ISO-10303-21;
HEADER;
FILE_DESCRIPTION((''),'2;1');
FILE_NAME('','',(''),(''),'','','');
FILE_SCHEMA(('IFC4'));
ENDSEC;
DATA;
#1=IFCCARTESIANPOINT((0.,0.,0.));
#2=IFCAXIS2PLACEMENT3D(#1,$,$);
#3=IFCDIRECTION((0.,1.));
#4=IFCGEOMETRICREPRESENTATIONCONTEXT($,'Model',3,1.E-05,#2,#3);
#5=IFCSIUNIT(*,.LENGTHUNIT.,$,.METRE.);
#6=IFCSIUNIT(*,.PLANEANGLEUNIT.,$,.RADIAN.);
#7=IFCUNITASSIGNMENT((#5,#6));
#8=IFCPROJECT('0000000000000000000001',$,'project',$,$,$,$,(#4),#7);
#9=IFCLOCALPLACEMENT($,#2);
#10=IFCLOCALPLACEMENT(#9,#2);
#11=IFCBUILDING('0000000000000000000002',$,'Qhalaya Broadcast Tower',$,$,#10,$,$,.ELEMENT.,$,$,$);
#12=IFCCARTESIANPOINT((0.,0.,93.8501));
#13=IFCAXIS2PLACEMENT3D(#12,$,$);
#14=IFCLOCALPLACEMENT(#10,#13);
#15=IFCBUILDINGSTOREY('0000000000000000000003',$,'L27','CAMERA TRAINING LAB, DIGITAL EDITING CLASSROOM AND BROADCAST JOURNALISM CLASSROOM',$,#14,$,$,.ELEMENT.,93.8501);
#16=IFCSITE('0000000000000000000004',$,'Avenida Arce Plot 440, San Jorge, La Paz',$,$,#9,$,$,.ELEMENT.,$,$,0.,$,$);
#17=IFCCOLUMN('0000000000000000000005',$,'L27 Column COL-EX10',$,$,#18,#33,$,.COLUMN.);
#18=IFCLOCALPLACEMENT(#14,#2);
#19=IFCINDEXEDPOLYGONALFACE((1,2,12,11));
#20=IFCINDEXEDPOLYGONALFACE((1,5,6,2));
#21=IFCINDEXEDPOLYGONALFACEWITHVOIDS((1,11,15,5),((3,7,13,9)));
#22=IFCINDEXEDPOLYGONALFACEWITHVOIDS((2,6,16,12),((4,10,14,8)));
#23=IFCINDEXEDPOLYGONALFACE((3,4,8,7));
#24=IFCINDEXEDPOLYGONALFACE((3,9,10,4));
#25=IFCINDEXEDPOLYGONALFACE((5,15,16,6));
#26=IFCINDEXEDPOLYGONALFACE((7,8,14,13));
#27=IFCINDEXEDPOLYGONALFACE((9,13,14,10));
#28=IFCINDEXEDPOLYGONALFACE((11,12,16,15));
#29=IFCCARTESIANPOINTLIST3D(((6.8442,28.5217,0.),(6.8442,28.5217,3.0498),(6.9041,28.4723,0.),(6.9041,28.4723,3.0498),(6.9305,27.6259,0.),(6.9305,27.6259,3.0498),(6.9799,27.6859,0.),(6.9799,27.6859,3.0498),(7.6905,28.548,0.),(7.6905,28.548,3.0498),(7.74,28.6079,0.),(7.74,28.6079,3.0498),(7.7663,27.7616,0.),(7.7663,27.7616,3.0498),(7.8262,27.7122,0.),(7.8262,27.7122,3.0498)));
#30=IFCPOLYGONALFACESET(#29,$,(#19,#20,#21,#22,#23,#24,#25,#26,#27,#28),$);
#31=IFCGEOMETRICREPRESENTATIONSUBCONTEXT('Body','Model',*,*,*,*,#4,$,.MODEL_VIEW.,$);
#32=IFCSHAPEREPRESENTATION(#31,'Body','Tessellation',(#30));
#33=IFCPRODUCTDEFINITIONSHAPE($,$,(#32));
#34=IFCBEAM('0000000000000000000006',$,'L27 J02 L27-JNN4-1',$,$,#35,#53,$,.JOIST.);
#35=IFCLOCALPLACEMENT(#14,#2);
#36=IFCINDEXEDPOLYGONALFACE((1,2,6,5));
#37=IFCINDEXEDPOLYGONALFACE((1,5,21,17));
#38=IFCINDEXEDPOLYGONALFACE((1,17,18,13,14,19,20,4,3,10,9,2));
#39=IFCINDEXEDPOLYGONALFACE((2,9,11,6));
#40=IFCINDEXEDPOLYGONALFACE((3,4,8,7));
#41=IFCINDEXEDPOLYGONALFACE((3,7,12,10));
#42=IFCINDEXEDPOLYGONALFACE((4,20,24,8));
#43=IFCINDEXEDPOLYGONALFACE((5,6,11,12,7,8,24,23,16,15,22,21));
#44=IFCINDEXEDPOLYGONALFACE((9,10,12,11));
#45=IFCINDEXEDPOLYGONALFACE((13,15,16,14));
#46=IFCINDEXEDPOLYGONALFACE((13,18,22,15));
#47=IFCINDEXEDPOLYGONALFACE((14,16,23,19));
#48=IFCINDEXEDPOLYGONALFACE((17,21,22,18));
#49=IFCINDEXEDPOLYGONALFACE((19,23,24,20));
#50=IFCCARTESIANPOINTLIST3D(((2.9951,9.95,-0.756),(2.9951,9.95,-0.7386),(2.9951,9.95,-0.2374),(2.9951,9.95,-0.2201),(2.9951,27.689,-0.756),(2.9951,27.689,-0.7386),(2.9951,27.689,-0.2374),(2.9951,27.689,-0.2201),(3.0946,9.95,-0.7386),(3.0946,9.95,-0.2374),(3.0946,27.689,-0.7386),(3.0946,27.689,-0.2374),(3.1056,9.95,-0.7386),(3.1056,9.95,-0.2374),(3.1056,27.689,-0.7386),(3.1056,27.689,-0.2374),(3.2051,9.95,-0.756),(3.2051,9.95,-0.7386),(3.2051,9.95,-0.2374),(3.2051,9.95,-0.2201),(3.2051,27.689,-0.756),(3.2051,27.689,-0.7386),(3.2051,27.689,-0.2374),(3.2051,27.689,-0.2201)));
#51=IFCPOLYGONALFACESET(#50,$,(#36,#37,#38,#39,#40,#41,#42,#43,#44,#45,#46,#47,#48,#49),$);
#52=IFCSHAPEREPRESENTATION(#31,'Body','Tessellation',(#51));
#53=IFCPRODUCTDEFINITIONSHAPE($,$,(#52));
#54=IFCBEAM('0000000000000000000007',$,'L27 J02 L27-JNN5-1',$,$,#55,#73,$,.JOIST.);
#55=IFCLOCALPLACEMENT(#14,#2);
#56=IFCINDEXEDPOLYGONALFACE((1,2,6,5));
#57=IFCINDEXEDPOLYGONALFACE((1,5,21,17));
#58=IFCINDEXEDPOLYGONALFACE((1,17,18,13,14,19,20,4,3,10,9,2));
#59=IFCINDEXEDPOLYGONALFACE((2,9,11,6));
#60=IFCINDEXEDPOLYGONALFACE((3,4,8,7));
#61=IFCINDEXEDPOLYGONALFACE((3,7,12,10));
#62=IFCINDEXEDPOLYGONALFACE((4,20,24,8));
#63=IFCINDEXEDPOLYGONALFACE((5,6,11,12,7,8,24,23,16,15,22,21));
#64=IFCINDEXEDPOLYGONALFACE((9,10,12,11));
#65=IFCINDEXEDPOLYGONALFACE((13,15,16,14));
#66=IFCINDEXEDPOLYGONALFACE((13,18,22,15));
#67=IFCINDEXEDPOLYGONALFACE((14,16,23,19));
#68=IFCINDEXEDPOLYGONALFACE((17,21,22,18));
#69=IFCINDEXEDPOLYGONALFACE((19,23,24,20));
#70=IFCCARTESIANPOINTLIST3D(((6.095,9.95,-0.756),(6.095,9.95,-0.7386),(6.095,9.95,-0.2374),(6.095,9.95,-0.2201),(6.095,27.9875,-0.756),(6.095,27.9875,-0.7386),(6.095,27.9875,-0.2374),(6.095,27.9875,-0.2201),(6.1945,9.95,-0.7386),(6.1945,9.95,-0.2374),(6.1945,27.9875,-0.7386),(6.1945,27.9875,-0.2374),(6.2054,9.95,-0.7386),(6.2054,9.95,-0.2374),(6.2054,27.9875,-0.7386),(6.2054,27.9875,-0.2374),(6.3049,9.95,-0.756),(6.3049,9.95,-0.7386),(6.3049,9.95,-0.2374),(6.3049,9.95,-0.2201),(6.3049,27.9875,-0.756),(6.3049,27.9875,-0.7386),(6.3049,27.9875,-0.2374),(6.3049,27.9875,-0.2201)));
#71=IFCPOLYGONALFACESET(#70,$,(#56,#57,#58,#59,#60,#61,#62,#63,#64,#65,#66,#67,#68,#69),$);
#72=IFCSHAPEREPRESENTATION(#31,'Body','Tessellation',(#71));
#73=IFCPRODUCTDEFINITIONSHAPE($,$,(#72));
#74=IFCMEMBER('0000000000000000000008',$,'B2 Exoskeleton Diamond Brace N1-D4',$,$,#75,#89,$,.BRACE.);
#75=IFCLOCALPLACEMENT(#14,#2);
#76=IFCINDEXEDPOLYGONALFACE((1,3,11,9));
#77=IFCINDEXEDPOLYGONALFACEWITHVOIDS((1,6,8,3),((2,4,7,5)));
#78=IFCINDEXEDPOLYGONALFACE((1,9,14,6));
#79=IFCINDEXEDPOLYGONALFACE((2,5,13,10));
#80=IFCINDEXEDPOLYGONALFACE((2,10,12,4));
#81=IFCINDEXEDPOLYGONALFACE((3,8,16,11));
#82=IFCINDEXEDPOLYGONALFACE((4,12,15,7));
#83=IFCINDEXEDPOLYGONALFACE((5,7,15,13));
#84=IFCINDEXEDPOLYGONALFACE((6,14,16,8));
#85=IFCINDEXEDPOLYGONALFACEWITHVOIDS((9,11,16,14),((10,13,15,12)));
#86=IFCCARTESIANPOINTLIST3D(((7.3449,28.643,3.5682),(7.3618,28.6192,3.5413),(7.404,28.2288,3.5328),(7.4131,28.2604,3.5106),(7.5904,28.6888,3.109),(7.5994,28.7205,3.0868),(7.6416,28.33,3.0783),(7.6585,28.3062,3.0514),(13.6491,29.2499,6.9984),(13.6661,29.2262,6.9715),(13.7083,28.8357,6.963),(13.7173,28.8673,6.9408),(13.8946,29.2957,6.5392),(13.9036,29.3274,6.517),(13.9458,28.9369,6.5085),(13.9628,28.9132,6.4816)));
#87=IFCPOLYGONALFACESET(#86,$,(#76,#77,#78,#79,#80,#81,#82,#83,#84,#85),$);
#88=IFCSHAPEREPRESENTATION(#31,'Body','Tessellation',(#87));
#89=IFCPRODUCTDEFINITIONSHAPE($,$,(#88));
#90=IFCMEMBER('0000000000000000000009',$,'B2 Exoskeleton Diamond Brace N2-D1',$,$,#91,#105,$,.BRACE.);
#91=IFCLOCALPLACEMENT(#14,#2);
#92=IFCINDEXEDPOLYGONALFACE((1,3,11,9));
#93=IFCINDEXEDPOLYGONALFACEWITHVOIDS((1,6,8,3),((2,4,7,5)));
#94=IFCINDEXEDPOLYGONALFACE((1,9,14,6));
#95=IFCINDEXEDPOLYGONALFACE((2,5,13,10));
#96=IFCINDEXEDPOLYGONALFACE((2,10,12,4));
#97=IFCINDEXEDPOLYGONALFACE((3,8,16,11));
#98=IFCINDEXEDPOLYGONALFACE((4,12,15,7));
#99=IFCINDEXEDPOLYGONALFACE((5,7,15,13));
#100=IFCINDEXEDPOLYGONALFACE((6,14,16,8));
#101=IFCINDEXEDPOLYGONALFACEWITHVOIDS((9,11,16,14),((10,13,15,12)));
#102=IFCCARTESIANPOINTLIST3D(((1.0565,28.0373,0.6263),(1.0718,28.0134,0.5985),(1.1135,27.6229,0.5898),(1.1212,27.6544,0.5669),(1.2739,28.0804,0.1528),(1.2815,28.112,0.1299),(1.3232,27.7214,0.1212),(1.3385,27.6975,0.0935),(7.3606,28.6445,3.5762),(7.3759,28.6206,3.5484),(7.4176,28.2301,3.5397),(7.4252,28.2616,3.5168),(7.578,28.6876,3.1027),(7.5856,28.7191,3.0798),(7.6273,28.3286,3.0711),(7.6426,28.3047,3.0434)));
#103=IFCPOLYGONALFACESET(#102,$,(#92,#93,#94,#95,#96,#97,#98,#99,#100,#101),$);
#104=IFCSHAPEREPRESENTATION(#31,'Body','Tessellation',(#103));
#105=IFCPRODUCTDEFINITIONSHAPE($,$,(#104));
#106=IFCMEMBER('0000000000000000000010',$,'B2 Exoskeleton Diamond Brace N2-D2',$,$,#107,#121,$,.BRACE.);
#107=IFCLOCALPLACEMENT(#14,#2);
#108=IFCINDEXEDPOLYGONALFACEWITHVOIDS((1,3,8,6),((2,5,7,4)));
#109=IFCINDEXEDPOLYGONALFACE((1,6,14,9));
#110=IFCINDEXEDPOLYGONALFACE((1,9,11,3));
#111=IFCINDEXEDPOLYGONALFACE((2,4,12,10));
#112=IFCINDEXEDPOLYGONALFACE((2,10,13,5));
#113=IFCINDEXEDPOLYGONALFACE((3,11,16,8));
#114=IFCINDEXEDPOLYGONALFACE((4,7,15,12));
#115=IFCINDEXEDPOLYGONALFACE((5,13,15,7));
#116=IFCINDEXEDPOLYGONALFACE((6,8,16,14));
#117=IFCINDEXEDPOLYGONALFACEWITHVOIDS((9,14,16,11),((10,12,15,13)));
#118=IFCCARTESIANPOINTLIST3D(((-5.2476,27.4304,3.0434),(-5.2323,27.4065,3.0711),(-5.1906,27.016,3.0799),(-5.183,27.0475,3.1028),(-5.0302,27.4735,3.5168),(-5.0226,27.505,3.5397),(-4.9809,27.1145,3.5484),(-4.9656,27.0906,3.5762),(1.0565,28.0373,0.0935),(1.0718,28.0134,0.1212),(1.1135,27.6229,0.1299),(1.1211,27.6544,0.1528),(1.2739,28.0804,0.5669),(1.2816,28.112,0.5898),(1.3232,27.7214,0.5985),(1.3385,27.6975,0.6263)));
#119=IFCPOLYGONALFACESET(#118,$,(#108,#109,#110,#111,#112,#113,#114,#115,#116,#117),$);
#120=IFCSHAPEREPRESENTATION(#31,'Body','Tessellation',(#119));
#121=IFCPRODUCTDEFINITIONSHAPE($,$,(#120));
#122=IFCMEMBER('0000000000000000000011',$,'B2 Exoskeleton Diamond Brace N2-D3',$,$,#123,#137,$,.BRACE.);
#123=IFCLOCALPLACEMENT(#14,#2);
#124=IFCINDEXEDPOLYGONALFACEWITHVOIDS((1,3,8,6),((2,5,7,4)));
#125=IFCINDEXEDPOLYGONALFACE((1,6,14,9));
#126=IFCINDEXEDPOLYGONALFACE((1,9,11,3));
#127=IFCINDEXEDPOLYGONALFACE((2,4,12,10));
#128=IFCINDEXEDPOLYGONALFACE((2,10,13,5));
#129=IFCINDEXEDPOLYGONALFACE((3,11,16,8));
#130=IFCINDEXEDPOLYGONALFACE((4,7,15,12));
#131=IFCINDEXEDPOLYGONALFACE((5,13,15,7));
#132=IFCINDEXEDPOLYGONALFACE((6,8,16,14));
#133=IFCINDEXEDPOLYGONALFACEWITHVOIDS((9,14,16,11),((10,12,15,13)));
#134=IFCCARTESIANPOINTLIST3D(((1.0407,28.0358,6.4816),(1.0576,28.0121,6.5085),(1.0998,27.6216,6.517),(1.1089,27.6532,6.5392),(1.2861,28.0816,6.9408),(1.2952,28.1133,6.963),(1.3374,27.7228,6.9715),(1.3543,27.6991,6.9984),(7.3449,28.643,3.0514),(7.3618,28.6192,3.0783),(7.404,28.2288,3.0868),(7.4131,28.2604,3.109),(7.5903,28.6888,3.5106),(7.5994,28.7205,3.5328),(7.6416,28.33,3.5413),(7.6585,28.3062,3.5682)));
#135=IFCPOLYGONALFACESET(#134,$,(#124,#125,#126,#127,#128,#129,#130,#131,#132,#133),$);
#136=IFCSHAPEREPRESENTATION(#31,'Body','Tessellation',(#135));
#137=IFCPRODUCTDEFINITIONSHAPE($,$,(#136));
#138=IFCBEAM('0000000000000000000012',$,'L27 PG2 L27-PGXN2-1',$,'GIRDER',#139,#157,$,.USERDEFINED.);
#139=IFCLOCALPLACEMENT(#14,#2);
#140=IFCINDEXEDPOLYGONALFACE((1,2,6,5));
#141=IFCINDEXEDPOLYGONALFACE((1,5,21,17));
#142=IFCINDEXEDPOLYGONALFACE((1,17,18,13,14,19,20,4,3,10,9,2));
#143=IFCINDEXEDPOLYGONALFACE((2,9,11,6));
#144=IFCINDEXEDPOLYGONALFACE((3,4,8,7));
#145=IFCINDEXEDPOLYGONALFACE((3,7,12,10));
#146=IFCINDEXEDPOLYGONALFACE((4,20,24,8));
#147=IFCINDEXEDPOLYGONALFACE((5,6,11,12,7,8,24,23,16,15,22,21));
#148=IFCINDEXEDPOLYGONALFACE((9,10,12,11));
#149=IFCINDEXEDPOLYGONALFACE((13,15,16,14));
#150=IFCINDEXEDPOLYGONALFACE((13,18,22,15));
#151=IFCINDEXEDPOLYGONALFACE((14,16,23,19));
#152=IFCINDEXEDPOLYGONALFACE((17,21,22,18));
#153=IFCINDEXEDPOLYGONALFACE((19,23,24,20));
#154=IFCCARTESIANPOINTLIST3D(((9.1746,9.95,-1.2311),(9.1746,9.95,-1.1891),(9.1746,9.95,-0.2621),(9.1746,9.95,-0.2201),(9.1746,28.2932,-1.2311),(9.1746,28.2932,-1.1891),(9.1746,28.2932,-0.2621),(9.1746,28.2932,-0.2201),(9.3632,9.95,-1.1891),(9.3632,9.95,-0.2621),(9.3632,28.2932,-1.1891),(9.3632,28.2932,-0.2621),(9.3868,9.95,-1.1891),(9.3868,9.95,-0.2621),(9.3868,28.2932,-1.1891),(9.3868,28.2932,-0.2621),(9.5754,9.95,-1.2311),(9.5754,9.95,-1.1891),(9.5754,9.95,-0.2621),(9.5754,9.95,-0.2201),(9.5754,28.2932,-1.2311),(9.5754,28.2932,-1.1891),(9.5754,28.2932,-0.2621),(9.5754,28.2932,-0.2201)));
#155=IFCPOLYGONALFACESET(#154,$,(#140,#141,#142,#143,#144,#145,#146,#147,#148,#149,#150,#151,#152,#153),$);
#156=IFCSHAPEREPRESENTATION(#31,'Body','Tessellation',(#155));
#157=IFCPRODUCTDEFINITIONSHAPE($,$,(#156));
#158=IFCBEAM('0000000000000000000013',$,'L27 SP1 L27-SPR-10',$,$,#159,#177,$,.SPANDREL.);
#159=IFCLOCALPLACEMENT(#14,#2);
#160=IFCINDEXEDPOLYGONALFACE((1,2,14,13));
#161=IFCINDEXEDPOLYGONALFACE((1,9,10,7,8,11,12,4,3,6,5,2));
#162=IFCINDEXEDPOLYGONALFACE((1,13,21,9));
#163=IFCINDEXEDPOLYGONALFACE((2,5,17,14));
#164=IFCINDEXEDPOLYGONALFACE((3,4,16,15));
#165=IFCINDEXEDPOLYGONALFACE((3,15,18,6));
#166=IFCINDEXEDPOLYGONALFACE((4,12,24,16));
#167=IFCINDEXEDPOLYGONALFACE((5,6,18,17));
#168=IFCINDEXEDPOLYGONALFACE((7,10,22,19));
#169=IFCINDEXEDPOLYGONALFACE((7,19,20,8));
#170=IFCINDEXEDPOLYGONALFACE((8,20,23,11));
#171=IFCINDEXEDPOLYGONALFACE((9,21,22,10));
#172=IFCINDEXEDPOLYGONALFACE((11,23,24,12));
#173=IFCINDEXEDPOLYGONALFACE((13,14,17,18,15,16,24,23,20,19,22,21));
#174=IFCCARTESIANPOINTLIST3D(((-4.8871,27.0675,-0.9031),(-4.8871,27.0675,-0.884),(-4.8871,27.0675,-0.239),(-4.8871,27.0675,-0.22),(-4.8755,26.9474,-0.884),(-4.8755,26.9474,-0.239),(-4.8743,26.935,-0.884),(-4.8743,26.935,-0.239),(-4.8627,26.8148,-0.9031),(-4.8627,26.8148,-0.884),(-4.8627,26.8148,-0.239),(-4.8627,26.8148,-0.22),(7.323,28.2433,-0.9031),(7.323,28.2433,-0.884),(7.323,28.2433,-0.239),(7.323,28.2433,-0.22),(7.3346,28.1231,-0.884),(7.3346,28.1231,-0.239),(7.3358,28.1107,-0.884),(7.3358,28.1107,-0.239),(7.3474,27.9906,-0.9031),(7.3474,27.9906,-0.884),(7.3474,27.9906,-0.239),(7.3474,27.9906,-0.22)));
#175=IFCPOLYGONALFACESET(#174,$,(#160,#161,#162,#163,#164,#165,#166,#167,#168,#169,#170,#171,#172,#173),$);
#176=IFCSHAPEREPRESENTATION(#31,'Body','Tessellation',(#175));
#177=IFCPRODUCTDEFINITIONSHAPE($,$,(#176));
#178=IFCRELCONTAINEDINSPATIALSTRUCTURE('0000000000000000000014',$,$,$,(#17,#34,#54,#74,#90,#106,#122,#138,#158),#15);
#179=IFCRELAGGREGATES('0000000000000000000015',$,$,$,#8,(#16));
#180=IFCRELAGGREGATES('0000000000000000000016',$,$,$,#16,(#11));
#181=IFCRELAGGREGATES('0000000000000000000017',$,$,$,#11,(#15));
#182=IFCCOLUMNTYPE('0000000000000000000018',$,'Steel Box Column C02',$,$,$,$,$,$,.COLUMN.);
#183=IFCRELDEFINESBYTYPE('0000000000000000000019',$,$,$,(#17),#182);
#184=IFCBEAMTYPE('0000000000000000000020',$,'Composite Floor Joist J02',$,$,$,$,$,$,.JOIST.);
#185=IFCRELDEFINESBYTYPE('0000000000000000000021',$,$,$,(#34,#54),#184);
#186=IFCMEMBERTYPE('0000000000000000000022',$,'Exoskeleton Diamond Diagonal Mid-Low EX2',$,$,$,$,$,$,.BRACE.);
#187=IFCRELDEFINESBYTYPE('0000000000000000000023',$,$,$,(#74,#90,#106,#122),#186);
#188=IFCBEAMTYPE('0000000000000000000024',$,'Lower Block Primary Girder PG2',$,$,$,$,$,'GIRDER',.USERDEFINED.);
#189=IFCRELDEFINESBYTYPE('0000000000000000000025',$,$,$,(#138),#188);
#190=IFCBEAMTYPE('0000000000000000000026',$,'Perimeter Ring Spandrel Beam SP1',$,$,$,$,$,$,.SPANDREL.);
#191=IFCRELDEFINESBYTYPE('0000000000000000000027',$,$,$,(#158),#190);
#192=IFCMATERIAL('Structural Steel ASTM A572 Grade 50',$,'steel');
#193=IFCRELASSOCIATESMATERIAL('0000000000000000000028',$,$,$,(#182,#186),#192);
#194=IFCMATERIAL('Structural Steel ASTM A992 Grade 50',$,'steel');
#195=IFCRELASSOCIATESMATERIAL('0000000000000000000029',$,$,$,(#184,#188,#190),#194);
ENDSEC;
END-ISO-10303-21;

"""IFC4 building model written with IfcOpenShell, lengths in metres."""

from ifc_helpers import new_model, si_unit, direction, frame, origin, origin_2d, place, context, subcontext, project, spatial, hollow_rectangle, i_section, extrude, material, material_profile, profile_set, type_object, element, save


model = new_model("IFC4")

# Units and contexts
model_context = context("Model", 3, precision=1e-05, world=origin(), true_north=direction((0.0, 1.0)))
body_context = subcontext(model_context, "Body", "Model", "MODEL_VIEW")
ifc_project = project(units=[si_unit("LENGTHUNIT", "METRE"), si_unit("PLANEANGLEUNIT", "RADIAN")], contexts=[model_context])

# Site, building, storey
site_placement = place(None, origin())
site = spatial("IfcSite", under=ifc_project, at=site_placement, Name="Avenida Arce Plot 440, San Jorge, La Paz", CompositionType="ELEMENT", RefElevation=0.0)
building_placement = place(site_placement, origin())
building = spatial("IfcBuilding", under=site, at=building_placement, Name="Qhalaya Broadcast Tower", CompositionType="ELEMENT")
storey_placement = place(building_placement, frame((0.0, 0.0, 93.8501)))
storey = spatial("IfcBuildingStorey", under=building, at=storey_placement, Name="L27", Description="CAMERA TRAINING LAB, DIGITAL EDITING CLASSROOM AND BROADCAST JOURNALISM CLASSROOM", CompositionType="ELEMENT", Elevation=93.8501)

# Column
ifc_material_1 = material(Name="Structural Steel ASTM A572 Grade 50", Category="steel")
ifc_material_profile_1 = material_profile(ifc_material_1, hollow_rectangle(XDim=0.8999, YDim=0.8999, WallThickness=0.0549, at=origin_2d()), Name="BOX 900x900x55")
ifc_profile_set_1 = profile_set([ifc_material_profile_1], Name="Structural Steel ASTM A572 Grade 50")
column_type = type_object("IfcColumnType", Name="Steel Box Column C02", PredefinedType="COLUMN", material=ifc_profile_set_1)
column_placement = place(storey_placement, frame((7.3352, 28.1169, 0.0), z_axis=(0.0, 0.0, 1.0), x_axis=(0.995396, 0.095846, 0.0)))
element("IfcColumn", 1, at=column_placement, inside=storey, type_object=column_type, Name="L27 Column COL-EX10", PredefinedType="COLUMN", context=body_context, shape_type="SweptSolid", body=[
    extrude(hollow_rectangle(XDim=0.8999, YDim=0.8999, WallThickness=0.0549, at=origin_2d()), origin(), (0.0, 0.0, 1.0), 3.0498),
])

# Beams
ifc_material_2 = material(Name="Structural Steel ASTM A992 Grade 50", Category="steel")
ifc_material_profile_2 = material_profile(ifc_material_2, i_section(OverallWidth=0.21, OverallDepth=0.5359, WebThickness=0.011, FlangeThickness=0.0173, at=origin_2d()), Name="W21X68")
ifc_profile_set_2 = profile_set([ifc_material_profile_2], Name="Structural Steel ASTM A992 Grade 50")
beam_type_1 = type_object("IfcBeamType", Name="Composite Floor Joist J02", PredefinedType="JOIST", material=ifc_profile_set_2)
beam_1_placement = place(storey_placement, frame((3.1001, 9.95, -0.488), z_axis=(0.0, 1.0, 0.0), x_axis=(-1.0, 0.0, 0.0)))
element("IfcBeam", 2, at=beam_1_placement, inside=storey, type_object=beam_type_1, Name="L27 J02 L27-JNN4-1", PredefinedType="JOIST", context=body_context, shape_type="SweptSolid", body=[
    extrude(i_section(OverallWidth=0.21, OverallDepth=0.5359, WebThickness=0.011, FlangeThickness=0.0173, at=origin_2d()), origin(), (0.0, 0.0, 1.0), 17.739),
])
beam_2_placement = place(storey_placement, frame((6.2, 9.95, -0.488), z_axis=(0.0, 1.0, 0.0), x_axis=(-1.0, 0.0, 0.0)))
element("IfcBeam", 3, at=beam_2_placement, inside=storey, type_object=beam_type_1, Name="L27 J02 L27-JNN5-1", PredefinedType="JOIST", context=body_context, shape_type="SweptSolid", body=[
    extrude(i_section(OverallWidth=0.21, OverallDepth=0.5359, WebThickness=0.011, FlangeThickness=0.0173, at=origin_2d()), origin(), (0.0, 0.0, 1.0), 18.0376),
])

# Members
ifc_material_profile_3 = material_profile(ifc_material_1, hollow_rectangle(XDim=0.4199, YDim=0.55, WallThickness=0.0281, at=origin_2d()), Name="BOX 420x550x28")
ifc_profile_set_3 = profile_set([ifc_material_profile_3], Name="Structural Steel ASTM A572 Grade 50")
member_type = type_object("IfcMemberType", Name="Exoskeleton Diamond Diagonal Mid-Low EX2", PredefinedType="BRACE", material=ifc_profile_set_3)
member_1_placement = place(storey_placement, frame((7.5017, 28.4746, 3.3098), z_axis=(0.875268, 0.084266, 0.476242), x_axis=(-0.140826, 0.986441, 0.084279)))
element("IfcMember", 4, at=member_1_placement, inside=storey, type_object=member_type, Name="B2 Exoskeleton Diamond Brace N1-D4", PredefinedType="BRACE", context=body_context, shape_type="SweptSolid", body=[
    extrude(hollow_rectangle(XDim=0.4199, YDim=0.55, WallThickness=0.0281, at=origin_2d()), origin(), (0.0, 0.0, 1.0), 7.2026),
])
for number, where, z_axis, x_axis, name in (
    (5, (1.1975, 27.8674, 0.3599), (0.902316, 0.086905, 0.422225), (-0.13571, 0.986932, 0.086883), "B2 Exoskeleton Diamond Brace N2-D1"),
    (6, (1.1975, 27.8674, 0.3599), (-0.902319, -0.08687, 0.422226), (0.135673, -0.986937, 0.086883), "B2 Exoskeleton Diamond Brace N2-D2"),
):
    element("IfcMember", number, at=place(storey_placement, frame(where, z_axis=z_axis, x_axis=x_axis)), inside=storey, type_object=member_type, Name=name, PredefinedType="BRACE", context=body_context, shape_type="SweptSolid", body=[
        extrude(hollow_rectangle(XDim=0.4199, YDim=0.55, WallThickness=0.0281, at=origin_2d()), origin(), (0.0, 0.0, 1.0), 6.9866),
    ])
member_2_placement = place(storey_placement, frame((7.5017, 28.4746, 3.3098), z_axis=(-0.875265, -0.0843, 0.47624), x_axis=(0.140864, -0.986435, 0.084279)))
element("IfcMember", 7, at=member_2_placement, inside=storey, type_object=member_type, Name="B2 Exoskeleton Diamond Brace N2-D3", PredefinedType="BRACE", context=body_context, shape_type="SweptSolid", body=[
    extrude(hollow_rectangle(XDim=0.4199, YDim=0.55, WallThickness=0.0281, at=origin_2d()), origin(), (0.0, 0.0, 1.0), 7.2026),
])

# Beams
ifc_material_profile_4 = material_profile(ifc_material_2, i_section(OverallWidth=0.4009, OverallDepth=1.011, WebThickness=0.0237, FlangeThickness=0.042, at=origin_2d()), Name="W40X297")
ifc_profile_set_4 = profile_set([ifc_material_profile_4], Name="Structural Steel ASTM A992 Grade 50")
beam_type_2 = type_object("IfcBeamType", Name="Lower Block Primary Girder PG2", ElementType="GIRDER", PredefinedType="USERDEFINED", material=ifc_profile_set_4)
beam_3_placement = place(storey_placement, frame((9.375, 9.95, -0.7256), z_axis=(0.0, 1.0, 0.0), x_axis=(-1.0, 0.0, 0.0)))
element("IfcBeam", 8, at=beam_3_placement, inside=storey, type_object=beam_type_2, Name="L27 PG2 L27-PGXN2-1", ObjectType="GIRDER", PredefinedType="USERDEFINED", context=body_context, shape_type="SweptSolid", body=[
    extrude(i_section(OverallWidth=0.4009, OverallDepth=1.011, WebThickness=0.0237, FlangeThickness=0.042, at=origin_2d()), origin(), (0.0, 0.0, 1.0), 18.3433),
])
ifc_material_profile_5 = material_profile(ifc_material_2, i_section(OverallWidth=0.2539, OverallDepth=0.6831, WebThickness=0.0125, FlangeThickness=0.019, at=origin_2d()), Name="W27X94")
ifc_profile_set_5 = profile_set([ifc_material_profile_5], Name="Structural Steel ASTM A992 Grade 50")
beam_type_3 = type_object("IfcBeamType", Name="Perimeter Ring Spandrel Beam SP1", PredefinedType="SPANDREL", material=ifc_profile_set_5)
beam_4_placement = place(storey_placement, frame((7.3352, 28.1169, -0.5615), z_axis=(-0.995396, -0.095852, 0.0), x_axis=(0.095852, -0.995396, 0.0)))
element("IfcBeam", 9, at=beam_4_placement, inside=storey, type_object=beam_type_3, Name="L27 SP1 L27-SPR-10", PredefinedType="SPANDREL", context=body_context, shape_type="SweptSolid", body=[
    extrude(i_section(OverallWidth=0.2539, OverallDepth=0.6831, WebThickness=0.0125, FlangeThickness=0.019, at=origin_2d()), origin(), (0.0, 0.0, 1.0), 12.2666),
])

save(model, "model.ifc")
